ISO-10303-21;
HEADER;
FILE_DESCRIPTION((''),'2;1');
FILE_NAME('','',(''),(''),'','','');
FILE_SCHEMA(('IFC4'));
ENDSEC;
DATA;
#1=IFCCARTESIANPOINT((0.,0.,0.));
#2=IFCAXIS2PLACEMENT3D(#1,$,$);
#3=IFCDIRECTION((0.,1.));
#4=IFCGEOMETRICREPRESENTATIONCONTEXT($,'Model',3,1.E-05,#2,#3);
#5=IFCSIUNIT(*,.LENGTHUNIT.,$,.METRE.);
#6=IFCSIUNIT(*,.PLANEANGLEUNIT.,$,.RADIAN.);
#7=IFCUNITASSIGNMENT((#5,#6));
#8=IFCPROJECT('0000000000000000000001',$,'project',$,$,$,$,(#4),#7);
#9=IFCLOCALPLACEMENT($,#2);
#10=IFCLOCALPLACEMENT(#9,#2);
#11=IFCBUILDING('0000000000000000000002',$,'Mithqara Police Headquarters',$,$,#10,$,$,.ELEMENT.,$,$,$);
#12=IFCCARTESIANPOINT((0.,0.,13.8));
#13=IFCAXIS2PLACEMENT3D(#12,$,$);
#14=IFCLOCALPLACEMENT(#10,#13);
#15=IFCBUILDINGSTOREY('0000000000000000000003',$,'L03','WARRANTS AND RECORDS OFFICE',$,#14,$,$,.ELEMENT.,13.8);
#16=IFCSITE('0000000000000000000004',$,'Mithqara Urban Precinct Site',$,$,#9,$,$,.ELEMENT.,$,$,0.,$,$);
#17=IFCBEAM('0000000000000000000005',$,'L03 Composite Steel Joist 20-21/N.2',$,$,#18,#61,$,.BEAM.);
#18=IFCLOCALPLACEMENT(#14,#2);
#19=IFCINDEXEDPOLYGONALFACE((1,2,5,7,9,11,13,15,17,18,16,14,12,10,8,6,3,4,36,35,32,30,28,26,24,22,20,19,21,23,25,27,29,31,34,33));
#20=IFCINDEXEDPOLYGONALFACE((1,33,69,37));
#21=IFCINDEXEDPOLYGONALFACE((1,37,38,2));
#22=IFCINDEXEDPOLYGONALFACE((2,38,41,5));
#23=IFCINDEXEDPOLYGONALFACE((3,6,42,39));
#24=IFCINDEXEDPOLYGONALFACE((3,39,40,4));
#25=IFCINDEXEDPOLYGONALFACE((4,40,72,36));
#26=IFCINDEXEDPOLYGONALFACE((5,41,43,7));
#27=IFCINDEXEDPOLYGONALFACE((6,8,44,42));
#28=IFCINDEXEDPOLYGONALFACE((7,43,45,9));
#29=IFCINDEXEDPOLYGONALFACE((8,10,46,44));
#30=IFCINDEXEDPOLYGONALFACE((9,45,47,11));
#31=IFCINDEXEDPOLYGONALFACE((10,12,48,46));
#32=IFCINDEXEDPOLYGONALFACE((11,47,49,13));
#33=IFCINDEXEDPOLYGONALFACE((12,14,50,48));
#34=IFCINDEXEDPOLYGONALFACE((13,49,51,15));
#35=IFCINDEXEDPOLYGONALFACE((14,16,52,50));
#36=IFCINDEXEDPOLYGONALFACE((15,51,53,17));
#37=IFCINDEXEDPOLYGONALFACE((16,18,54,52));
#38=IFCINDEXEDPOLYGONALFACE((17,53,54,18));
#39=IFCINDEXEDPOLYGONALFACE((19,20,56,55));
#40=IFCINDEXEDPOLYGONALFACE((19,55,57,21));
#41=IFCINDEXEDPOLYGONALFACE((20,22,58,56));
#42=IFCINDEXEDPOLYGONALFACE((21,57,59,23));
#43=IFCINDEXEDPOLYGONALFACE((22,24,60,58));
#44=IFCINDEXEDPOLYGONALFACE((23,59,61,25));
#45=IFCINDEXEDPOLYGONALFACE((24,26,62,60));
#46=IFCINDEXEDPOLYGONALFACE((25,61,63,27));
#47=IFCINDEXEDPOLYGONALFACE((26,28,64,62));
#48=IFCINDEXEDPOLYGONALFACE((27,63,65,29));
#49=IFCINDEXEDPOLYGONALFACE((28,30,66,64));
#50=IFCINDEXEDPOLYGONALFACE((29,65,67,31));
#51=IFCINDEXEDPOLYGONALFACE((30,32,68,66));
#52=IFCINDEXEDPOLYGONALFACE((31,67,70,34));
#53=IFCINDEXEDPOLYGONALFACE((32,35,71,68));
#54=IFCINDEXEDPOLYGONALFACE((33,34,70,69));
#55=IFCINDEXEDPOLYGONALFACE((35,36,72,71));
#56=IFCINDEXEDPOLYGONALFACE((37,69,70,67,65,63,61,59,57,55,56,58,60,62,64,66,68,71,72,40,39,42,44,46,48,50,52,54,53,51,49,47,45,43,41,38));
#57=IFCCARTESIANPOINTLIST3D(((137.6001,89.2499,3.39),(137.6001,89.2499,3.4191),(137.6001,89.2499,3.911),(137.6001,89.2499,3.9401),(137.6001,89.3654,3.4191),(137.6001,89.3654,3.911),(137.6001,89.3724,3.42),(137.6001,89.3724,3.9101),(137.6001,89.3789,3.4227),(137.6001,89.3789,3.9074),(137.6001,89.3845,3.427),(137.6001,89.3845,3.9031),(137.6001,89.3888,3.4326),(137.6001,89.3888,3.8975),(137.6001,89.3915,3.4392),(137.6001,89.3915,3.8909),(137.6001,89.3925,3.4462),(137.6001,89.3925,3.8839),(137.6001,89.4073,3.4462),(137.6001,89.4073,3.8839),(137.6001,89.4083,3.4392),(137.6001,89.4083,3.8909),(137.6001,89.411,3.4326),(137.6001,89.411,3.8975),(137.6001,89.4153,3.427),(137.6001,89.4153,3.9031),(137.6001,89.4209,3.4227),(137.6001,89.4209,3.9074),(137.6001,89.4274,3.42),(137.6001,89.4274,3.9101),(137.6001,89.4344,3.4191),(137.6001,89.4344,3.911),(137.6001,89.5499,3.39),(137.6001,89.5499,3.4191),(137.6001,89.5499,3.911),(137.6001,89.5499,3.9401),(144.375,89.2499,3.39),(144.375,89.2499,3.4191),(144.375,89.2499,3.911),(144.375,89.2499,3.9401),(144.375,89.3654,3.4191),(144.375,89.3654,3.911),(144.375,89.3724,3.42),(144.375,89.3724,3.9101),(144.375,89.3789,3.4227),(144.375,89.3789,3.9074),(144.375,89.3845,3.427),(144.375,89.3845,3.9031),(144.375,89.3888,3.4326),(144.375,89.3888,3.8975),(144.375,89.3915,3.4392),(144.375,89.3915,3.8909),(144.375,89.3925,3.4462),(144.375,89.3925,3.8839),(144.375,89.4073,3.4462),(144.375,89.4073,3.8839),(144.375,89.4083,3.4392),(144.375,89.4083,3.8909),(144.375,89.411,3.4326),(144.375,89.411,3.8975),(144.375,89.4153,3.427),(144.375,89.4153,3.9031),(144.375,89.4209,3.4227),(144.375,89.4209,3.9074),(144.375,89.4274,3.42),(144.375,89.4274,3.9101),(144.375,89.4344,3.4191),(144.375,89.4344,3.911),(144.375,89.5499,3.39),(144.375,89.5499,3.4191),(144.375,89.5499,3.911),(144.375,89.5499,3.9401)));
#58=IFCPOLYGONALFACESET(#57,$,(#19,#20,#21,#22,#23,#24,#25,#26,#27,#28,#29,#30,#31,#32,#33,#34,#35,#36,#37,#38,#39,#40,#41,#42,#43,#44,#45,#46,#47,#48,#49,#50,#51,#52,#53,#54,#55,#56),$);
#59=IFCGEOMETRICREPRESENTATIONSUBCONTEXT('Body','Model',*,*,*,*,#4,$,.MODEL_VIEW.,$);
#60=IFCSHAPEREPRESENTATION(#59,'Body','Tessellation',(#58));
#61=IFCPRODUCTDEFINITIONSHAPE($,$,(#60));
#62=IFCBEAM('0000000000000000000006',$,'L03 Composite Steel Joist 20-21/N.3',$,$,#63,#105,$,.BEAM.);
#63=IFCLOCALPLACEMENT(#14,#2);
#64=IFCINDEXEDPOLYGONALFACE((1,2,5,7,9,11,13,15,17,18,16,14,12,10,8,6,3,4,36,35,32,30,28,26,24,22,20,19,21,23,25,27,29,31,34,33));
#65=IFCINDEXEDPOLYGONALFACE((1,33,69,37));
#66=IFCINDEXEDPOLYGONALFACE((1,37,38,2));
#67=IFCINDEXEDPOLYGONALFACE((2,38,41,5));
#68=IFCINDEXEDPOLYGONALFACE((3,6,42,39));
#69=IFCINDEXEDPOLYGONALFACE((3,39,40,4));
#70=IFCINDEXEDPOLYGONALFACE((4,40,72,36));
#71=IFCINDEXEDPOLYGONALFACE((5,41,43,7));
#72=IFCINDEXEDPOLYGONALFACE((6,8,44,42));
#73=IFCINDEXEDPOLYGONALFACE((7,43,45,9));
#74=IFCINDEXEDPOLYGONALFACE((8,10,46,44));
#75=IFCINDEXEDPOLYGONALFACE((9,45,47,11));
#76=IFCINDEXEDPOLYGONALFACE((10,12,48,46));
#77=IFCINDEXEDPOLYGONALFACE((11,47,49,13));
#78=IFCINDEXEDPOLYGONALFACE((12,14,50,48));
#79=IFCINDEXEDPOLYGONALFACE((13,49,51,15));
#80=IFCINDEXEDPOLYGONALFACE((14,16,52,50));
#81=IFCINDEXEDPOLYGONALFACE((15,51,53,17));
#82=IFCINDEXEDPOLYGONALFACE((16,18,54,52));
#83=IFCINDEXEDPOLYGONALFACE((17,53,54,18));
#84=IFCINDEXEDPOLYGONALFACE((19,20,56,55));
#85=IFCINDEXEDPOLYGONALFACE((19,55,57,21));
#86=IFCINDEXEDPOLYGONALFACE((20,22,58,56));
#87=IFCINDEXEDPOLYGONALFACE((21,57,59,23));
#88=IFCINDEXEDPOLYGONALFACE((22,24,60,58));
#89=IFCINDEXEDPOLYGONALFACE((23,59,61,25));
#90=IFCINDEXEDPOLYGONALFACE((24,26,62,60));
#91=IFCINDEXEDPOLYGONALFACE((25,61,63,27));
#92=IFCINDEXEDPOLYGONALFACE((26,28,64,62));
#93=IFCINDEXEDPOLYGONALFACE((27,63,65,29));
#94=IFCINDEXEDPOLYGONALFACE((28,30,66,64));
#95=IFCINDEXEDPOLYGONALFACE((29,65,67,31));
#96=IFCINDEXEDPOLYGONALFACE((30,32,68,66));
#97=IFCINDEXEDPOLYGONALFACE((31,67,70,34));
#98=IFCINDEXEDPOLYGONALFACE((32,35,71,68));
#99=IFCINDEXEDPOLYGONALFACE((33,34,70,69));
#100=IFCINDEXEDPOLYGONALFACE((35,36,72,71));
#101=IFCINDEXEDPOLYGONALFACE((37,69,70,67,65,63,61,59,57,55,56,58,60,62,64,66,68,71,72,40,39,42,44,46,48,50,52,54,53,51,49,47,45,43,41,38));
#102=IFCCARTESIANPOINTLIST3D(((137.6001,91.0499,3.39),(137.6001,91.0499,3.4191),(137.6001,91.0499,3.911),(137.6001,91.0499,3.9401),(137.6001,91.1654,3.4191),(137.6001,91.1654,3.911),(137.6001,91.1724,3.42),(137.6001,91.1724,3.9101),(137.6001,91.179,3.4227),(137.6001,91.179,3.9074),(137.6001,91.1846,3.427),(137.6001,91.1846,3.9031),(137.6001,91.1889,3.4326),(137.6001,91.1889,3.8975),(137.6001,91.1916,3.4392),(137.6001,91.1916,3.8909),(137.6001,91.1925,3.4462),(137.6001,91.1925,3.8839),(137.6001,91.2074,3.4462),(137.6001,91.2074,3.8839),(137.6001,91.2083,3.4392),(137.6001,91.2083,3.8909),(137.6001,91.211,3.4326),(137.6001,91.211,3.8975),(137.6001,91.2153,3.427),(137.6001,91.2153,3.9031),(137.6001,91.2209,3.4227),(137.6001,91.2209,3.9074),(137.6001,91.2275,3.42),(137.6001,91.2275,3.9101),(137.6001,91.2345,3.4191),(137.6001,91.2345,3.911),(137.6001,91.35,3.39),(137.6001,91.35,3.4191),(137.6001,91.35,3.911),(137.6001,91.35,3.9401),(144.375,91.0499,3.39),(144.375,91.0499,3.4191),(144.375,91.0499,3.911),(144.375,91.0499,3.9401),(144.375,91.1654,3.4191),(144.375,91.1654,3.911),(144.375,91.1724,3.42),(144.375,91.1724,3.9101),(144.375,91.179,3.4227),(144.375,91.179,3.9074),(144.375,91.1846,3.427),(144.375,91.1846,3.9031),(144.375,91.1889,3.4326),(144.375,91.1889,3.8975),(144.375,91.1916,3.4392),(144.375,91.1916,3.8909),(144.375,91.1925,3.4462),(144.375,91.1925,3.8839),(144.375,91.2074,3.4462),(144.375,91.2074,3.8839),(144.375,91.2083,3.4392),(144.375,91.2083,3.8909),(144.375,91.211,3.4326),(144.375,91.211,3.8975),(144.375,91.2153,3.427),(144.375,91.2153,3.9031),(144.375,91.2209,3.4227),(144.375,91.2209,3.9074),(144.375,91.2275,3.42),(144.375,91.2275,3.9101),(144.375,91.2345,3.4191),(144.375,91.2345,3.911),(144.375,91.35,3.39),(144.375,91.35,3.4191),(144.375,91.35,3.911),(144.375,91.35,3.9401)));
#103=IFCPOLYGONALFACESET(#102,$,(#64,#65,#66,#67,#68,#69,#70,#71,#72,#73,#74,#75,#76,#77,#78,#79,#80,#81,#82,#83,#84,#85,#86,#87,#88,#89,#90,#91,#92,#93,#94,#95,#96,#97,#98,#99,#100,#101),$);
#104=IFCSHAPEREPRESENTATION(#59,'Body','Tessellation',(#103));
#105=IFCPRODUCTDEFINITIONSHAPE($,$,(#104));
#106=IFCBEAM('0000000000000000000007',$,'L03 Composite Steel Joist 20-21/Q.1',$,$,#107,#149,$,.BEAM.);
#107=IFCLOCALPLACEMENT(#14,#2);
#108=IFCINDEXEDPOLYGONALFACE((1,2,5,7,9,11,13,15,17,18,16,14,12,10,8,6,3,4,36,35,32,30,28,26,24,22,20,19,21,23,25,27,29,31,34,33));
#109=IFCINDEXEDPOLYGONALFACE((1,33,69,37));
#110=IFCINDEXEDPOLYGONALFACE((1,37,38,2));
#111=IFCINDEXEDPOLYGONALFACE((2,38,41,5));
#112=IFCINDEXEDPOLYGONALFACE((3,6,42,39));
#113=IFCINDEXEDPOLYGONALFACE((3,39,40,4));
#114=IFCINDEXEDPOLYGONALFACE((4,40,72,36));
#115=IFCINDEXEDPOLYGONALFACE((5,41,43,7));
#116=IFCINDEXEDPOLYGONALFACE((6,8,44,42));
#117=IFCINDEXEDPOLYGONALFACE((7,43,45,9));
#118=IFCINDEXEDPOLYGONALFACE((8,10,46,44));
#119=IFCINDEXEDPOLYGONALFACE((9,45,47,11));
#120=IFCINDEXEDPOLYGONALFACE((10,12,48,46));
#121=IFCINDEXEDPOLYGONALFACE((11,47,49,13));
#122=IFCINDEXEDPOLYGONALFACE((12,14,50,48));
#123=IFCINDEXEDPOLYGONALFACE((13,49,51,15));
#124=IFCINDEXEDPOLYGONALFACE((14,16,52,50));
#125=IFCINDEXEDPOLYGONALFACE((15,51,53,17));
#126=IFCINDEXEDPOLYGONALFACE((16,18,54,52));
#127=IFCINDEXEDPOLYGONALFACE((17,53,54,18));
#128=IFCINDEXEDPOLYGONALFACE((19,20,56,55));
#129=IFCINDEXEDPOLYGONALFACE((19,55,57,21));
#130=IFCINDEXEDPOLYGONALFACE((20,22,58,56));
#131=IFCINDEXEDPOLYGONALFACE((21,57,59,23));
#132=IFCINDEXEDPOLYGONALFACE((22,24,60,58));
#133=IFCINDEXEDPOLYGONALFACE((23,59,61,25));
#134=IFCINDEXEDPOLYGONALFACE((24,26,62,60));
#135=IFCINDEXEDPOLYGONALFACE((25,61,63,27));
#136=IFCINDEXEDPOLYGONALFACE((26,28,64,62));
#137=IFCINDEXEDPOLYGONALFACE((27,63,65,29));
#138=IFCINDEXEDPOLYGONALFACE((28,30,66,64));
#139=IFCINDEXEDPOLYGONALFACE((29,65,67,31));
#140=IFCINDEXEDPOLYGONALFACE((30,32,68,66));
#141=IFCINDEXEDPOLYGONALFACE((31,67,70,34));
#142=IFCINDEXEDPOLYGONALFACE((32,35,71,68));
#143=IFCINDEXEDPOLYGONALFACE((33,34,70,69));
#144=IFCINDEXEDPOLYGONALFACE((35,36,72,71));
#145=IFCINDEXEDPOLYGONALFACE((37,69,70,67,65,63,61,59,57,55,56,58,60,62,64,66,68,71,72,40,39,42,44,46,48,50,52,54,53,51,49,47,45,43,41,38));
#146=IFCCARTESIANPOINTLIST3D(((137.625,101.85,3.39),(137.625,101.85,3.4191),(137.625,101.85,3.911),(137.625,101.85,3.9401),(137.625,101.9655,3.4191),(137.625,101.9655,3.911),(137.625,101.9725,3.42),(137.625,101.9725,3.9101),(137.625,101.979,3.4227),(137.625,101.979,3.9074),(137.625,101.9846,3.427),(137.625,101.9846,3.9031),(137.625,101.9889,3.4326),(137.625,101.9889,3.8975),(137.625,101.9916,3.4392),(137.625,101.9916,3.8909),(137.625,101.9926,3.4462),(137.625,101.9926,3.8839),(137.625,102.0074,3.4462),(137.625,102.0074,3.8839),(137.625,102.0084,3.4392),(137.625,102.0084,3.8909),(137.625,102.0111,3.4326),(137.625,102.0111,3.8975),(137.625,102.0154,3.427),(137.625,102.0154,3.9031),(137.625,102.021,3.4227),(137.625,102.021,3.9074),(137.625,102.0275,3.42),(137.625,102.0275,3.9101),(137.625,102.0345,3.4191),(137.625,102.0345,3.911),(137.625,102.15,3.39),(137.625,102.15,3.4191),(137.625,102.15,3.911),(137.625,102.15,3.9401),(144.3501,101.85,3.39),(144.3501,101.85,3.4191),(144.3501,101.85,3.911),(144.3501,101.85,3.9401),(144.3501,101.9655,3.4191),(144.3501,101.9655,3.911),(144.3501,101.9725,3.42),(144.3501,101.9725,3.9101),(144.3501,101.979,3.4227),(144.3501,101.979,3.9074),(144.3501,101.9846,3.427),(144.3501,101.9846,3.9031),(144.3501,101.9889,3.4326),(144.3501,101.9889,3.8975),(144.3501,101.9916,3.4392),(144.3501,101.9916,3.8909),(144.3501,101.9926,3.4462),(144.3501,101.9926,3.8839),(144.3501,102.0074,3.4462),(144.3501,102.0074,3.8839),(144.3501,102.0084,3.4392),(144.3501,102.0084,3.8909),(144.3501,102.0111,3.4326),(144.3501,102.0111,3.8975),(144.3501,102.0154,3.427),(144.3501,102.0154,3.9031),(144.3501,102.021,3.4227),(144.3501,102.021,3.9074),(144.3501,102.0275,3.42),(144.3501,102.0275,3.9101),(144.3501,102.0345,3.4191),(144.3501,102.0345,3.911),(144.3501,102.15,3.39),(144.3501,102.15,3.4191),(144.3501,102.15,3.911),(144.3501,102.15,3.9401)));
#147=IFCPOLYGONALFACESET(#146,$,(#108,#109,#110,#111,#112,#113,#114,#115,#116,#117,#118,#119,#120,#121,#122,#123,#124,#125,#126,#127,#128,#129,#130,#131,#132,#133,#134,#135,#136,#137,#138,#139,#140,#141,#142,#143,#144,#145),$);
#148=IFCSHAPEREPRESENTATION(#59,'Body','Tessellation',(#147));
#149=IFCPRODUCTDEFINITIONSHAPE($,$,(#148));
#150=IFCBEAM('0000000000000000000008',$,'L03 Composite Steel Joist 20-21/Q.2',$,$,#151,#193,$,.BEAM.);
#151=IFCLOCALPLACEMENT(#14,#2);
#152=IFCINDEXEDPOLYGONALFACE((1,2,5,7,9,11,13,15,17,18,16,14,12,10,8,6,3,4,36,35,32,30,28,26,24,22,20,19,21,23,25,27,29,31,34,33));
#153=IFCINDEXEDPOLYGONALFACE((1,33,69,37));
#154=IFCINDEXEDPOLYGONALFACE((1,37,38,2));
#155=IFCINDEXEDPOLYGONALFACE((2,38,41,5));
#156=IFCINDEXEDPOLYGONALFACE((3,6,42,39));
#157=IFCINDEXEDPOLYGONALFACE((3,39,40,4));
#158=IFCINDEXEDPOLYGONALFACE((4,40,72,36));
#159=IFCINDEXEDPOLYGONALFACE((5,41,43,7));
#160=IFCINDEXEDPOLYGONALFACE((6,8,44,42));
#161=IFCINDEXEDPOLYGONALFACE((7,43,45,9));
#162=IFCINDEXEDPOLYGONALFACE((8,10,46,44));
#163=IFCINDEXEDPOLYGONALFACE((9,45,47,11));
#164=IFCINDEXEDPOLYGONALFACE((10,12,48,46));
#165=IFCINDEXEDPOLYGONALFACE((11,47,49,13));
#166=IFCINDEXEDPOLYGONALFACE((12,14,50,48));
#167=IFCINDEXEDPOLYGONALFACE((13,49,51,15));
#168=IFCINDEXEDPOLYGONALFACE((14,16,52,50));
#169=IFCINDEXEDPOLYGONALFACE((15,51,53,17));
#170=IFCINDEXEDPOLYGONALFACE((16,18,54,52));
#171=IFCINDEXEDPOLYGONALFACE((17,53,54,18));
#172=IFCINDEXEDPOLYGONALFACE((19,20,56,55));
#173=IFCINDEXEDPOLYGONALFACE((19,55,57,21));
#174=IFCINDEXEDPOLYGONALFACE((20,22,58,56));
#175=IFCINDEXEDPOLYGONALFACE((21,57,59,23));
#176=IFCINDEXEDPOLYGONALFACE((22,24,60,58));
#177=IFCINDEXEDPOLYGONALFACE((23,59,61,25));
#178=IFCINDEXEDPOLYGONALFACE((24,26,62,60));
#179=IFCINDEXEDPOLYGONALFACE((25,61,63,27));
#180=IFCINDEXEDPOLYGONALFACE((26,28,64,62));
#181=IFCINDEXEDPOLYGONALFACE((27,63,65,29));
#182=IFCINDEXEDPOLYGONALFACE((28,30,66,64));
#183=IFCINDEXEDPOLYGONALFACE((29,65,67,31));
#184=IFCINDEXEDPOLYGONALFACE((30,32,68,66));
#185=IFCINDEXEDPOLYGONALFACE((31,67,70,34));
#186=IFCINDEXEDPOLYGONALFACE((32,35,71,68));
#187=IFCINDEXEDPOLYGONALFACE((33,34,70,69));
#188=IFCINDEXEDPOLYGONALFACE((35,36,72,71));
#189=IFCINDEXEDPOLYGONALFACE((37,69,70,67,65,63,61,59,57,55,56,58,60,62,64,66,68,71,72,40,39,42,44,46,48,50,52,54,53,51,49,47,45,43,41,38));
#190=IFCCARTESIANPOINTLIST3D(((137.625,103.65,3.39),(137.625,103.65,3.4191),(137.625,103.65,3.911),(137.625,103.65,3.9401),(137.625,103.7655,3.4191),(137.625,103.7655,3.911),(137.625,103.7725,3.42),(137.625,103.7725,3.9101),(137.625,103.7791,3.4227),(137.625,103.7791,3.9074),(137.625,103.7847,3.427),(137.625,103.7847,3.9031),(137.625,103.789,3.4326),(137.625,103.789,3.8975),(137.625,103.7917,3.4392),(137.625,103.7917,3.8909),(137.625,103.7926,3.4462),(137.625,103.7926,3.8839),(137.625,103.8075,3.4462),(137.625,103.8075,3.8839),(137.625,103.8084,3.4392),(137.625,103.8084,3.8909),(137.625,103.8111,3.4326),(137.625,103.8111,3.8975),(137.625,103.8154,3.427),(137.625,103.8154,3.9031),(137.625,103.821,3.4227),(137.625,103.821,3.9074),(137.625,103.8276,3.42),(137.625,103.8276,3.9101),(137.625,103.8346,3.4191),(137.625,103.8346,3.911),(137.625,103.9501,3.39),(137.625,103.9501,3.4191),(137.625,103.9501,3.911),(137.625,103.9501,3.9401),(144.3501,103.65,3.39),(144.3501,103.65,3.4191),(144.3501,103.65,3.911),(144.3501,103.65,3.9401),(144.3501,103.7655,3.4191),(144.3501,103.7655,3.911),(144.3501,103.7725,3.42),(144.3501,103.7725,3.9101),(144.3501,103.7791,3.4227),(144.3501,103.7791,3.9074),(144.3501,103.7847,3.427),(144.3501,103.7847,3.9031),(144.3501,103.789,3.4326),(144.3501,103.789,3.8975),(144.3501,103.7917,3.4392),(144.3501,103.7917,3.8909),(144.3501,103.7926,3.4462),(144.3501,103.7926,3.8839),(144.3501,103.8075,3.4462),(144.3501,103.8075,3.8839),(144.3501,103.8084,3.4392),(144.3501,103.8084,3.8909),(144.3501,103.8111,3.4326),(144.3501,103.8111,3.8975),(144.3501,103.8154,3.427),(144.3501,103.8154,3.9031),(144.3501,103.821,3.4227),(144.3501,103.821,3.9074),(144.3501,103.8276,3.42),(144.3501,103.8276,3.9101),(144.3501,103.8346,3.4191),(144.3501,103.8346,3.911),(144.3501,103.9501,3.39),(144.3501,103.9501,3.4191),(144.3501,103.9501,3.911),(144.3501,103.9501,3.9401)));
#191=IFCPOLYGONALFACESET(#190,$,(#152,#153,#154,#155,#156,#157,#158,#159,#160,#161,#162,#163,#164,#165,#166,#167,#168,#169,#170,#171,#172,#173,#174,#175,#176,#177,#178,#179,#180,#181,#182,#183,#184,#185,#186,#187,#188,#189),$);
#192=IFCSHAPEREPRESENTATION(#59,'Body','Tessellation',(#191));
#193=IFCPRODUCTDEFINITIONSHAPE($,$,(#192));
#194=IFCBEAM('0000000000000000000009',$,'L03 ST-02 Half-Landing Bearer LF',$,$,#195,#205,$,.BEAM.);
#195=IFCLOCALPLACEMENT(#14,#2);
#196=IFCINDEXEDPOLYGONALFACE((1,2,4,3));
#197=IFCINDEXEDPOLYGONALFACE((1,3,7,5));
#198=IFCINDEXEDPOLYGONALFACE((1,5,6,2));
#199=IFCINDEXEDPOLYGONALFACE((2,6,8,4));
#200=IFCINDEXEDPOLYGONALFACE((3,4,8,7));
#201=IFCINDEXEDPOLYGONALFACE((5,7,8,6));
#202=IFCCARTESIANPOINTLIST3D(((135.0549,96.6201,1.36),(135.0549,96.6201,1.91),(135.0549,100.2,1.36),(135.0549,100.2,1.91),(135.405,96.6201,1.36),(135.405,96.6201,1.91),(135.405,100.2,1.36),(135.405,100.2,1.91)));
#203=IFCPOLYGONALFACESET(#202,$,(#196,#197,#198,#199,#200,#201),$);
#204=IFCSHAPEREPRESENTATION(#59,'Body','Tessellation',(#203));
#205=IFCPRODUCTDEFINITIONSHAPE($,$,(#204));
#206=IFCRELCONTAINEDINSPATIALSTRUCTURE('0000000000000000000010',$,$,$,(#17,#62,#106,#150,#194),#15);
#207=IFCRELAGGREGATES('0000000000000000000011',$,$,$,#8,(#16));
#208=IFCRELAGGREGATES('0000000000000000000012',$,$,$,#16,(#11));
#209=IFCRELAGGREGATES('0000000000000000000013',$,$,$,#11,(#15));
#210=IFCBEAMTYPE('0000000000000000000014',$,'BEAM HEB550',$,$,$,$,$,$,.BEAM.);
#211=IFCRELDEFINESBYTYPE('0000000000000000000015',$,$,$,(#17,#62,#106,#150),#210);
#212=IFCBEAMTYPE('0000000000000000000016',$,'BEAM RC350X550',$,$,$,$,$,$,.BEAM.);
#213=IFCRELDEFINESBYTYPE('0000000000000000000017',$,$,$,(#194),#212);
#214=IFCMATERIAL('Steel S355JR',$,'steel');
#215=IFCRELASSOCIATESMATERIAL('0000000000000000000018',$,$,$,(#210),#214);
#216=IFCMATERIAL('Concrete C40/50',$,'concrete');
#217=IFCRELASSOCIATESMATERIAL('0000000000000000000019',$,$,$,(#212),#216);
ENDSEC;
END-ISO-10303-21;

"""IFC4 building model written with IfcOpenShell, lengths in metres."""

from ifc_helpers import new_model, si_unit, direction, frame, origin, origin_2d, place, context, subcontext, project, spatial, rectangle, i_section, extrude, material, material_profile, profile_set, type_object, element, save


model = new_model("IFC4")

# Units and contexts
model_context = context("Model", 3, precision=1e-05, world=origin(), true_north=direction((0.0, 1.0)))
body_context = subcontext(model_context, "Body", "Model", "MODEL_VIEW")
ifc_project = project(units=[si_unit("LENGTHUNIT", "METRE"), si_unit("PLANEANGLEUNIT", "RADIAN")], contexts=[model_context])

# Site, building, storey
site_placement = place(None, origin())
site = spatial("IfcSite", under=ifc_project, at=site_placement, Name="Mithqara Urban Precinct Site", CompositionType="ELEMENT", RefElevation=0.0)
building_placement = place(site_placement, origin())
building = spatial("IfcBuilding", under=site, at=building_placement, Name="Mithqara Police Headquarters", CompositionType="ELEMENT")
storey_placement = place(building_placement, frame((0.0, 0.0, 13.8)))
storey = spatial("IfcBuildingStorey", under=building, at=storey_placement, Name="L03", Description="WARRANTS AND RECORDS OFFICE", CompositionType="ELEMENT", Elevation=13.8)

# Beams
ifc_material_1 = material(Name="Steel S355JR", Category="steel")
ifc_material_profile_1 = material_profile(ifc_material_1, i_section(OverallWidth=0.3, OverallDepth=0.55, WebThickness=0.0149, FlangeThickness=0.0291, FilletRadius=0.0271, at=origin_2d()), Name="HEB 550")
ifc_profile_set_1 = profile_set([ifc_material_profile_1], Name="Steel S355JR")
beam_type_1 = type_object("IfcBeamType", Name="BEAM HEB550", PredefinedType="BEAM", material=ifc_profile_set_1)
for number, where, z_axis, x_axis, name in (
    (1, (137.6001, 89.3999, 3.665), (1.0, 0.0, 0.0), (0.0, 1.0, 0.0), "L03 Composite Steel Joist 20-21/N.2"),
    (2, (137.6001, 91.2, 3.665), (1.0, 0.0, 0.0), (0.0, 1.0, 0.0), "L03 Composite Steel Joist 20-21/N.3"),
):
    element("IfcBeam", number, at=place(storey_placement, frame(where, z_axis=z_axis, x_axis=x_axis)), inside=storey, type_object=beam_type_1, Name=name, PredefinedType="BEAM", context=body_context, shape_type="SweptSolid", body=[
        extrude(i_section(OverallWidth=0.3, OverallDepth=0.55, WebThickness=0.0149, FlangeThickness=0.0291, FilletRadius=0.0271, at=origin_2d()), origin(), (0.0, 0.0, 1.0), 6.7749),
    ])
for number, where, z_axis, x_axis, name in (
    (3, (137.625, 102.0, 3.665), (1.0, 0.0, 0.0), (0.0, 1.0, 0.0), "L03 Composite Steel Joist 20-21/Q.1"),
    (4, (137.625, 103.8, 3.665), (1.0, 0.0, 0.0), (0.0, 1.0, 0.0), "L03 Composite Steel Joist 20-21/Q.2"),
):
    element("IfcBeam", number, at=place(storey_placement, frame(where, z_axis=z_axis, x_axis=x_axis)), inside=storey, type_object=beam_type_1, Name=name, PredefinedType="BEAM", context=body_context, shape_type="SweptSolid", body=[
        extrude(i_section(OverallWidth=0.3, OverallDepth=0.55, WebThickness=0.0149, FlangeThickness=0.0291, FilletRadius=0.0271, at=origin_2d()), origin(), (0.0, 0.0, 1.0), 6.7251),
    ])
ifc_material_2 = material(Name="Concrete C40/50", Category="concrete")
ifc_material_profile_2 = material_profile(ifc_material_2, rectangle(XDim=0.3501, YDim=0.55, at=origin_2d()), Name="RC 350x550")
ifc_profile_set_2 = profile_set([ifc_material_profile_2], Name="Concrete C40/50")
beam_type_2 = type_object("IfcBeamType", Name="BEAM RC350X550", PredefinedType="BEAM", material=ifc_profile_set_2)
for number, where, z_axis, x_axis, name in (
    (5, (135.23, 96.6201, 1.635), (0.0, 1.0, 0.0), (-1.0, 0.0, 0.0), "L03 ST-02 Half-Landing Bearer LF"),
):
    element("IfcBeam", number, at=place(storey_placement, frame(where, z_axis=z_axis, x_axis=x_axis)), inside=storey, type_object=beam_type_2, Name=name, PredefinedType="BEAM", context=body_context, shape_type="SweptSolid", body=[
        extrude(rectangle(XDim=0.3501, YDim=0.55, at=origin_2d()), origin(), (0.0, 0.0, 1.0), 3.5798),
    ])

save(model, "model.ifc")
